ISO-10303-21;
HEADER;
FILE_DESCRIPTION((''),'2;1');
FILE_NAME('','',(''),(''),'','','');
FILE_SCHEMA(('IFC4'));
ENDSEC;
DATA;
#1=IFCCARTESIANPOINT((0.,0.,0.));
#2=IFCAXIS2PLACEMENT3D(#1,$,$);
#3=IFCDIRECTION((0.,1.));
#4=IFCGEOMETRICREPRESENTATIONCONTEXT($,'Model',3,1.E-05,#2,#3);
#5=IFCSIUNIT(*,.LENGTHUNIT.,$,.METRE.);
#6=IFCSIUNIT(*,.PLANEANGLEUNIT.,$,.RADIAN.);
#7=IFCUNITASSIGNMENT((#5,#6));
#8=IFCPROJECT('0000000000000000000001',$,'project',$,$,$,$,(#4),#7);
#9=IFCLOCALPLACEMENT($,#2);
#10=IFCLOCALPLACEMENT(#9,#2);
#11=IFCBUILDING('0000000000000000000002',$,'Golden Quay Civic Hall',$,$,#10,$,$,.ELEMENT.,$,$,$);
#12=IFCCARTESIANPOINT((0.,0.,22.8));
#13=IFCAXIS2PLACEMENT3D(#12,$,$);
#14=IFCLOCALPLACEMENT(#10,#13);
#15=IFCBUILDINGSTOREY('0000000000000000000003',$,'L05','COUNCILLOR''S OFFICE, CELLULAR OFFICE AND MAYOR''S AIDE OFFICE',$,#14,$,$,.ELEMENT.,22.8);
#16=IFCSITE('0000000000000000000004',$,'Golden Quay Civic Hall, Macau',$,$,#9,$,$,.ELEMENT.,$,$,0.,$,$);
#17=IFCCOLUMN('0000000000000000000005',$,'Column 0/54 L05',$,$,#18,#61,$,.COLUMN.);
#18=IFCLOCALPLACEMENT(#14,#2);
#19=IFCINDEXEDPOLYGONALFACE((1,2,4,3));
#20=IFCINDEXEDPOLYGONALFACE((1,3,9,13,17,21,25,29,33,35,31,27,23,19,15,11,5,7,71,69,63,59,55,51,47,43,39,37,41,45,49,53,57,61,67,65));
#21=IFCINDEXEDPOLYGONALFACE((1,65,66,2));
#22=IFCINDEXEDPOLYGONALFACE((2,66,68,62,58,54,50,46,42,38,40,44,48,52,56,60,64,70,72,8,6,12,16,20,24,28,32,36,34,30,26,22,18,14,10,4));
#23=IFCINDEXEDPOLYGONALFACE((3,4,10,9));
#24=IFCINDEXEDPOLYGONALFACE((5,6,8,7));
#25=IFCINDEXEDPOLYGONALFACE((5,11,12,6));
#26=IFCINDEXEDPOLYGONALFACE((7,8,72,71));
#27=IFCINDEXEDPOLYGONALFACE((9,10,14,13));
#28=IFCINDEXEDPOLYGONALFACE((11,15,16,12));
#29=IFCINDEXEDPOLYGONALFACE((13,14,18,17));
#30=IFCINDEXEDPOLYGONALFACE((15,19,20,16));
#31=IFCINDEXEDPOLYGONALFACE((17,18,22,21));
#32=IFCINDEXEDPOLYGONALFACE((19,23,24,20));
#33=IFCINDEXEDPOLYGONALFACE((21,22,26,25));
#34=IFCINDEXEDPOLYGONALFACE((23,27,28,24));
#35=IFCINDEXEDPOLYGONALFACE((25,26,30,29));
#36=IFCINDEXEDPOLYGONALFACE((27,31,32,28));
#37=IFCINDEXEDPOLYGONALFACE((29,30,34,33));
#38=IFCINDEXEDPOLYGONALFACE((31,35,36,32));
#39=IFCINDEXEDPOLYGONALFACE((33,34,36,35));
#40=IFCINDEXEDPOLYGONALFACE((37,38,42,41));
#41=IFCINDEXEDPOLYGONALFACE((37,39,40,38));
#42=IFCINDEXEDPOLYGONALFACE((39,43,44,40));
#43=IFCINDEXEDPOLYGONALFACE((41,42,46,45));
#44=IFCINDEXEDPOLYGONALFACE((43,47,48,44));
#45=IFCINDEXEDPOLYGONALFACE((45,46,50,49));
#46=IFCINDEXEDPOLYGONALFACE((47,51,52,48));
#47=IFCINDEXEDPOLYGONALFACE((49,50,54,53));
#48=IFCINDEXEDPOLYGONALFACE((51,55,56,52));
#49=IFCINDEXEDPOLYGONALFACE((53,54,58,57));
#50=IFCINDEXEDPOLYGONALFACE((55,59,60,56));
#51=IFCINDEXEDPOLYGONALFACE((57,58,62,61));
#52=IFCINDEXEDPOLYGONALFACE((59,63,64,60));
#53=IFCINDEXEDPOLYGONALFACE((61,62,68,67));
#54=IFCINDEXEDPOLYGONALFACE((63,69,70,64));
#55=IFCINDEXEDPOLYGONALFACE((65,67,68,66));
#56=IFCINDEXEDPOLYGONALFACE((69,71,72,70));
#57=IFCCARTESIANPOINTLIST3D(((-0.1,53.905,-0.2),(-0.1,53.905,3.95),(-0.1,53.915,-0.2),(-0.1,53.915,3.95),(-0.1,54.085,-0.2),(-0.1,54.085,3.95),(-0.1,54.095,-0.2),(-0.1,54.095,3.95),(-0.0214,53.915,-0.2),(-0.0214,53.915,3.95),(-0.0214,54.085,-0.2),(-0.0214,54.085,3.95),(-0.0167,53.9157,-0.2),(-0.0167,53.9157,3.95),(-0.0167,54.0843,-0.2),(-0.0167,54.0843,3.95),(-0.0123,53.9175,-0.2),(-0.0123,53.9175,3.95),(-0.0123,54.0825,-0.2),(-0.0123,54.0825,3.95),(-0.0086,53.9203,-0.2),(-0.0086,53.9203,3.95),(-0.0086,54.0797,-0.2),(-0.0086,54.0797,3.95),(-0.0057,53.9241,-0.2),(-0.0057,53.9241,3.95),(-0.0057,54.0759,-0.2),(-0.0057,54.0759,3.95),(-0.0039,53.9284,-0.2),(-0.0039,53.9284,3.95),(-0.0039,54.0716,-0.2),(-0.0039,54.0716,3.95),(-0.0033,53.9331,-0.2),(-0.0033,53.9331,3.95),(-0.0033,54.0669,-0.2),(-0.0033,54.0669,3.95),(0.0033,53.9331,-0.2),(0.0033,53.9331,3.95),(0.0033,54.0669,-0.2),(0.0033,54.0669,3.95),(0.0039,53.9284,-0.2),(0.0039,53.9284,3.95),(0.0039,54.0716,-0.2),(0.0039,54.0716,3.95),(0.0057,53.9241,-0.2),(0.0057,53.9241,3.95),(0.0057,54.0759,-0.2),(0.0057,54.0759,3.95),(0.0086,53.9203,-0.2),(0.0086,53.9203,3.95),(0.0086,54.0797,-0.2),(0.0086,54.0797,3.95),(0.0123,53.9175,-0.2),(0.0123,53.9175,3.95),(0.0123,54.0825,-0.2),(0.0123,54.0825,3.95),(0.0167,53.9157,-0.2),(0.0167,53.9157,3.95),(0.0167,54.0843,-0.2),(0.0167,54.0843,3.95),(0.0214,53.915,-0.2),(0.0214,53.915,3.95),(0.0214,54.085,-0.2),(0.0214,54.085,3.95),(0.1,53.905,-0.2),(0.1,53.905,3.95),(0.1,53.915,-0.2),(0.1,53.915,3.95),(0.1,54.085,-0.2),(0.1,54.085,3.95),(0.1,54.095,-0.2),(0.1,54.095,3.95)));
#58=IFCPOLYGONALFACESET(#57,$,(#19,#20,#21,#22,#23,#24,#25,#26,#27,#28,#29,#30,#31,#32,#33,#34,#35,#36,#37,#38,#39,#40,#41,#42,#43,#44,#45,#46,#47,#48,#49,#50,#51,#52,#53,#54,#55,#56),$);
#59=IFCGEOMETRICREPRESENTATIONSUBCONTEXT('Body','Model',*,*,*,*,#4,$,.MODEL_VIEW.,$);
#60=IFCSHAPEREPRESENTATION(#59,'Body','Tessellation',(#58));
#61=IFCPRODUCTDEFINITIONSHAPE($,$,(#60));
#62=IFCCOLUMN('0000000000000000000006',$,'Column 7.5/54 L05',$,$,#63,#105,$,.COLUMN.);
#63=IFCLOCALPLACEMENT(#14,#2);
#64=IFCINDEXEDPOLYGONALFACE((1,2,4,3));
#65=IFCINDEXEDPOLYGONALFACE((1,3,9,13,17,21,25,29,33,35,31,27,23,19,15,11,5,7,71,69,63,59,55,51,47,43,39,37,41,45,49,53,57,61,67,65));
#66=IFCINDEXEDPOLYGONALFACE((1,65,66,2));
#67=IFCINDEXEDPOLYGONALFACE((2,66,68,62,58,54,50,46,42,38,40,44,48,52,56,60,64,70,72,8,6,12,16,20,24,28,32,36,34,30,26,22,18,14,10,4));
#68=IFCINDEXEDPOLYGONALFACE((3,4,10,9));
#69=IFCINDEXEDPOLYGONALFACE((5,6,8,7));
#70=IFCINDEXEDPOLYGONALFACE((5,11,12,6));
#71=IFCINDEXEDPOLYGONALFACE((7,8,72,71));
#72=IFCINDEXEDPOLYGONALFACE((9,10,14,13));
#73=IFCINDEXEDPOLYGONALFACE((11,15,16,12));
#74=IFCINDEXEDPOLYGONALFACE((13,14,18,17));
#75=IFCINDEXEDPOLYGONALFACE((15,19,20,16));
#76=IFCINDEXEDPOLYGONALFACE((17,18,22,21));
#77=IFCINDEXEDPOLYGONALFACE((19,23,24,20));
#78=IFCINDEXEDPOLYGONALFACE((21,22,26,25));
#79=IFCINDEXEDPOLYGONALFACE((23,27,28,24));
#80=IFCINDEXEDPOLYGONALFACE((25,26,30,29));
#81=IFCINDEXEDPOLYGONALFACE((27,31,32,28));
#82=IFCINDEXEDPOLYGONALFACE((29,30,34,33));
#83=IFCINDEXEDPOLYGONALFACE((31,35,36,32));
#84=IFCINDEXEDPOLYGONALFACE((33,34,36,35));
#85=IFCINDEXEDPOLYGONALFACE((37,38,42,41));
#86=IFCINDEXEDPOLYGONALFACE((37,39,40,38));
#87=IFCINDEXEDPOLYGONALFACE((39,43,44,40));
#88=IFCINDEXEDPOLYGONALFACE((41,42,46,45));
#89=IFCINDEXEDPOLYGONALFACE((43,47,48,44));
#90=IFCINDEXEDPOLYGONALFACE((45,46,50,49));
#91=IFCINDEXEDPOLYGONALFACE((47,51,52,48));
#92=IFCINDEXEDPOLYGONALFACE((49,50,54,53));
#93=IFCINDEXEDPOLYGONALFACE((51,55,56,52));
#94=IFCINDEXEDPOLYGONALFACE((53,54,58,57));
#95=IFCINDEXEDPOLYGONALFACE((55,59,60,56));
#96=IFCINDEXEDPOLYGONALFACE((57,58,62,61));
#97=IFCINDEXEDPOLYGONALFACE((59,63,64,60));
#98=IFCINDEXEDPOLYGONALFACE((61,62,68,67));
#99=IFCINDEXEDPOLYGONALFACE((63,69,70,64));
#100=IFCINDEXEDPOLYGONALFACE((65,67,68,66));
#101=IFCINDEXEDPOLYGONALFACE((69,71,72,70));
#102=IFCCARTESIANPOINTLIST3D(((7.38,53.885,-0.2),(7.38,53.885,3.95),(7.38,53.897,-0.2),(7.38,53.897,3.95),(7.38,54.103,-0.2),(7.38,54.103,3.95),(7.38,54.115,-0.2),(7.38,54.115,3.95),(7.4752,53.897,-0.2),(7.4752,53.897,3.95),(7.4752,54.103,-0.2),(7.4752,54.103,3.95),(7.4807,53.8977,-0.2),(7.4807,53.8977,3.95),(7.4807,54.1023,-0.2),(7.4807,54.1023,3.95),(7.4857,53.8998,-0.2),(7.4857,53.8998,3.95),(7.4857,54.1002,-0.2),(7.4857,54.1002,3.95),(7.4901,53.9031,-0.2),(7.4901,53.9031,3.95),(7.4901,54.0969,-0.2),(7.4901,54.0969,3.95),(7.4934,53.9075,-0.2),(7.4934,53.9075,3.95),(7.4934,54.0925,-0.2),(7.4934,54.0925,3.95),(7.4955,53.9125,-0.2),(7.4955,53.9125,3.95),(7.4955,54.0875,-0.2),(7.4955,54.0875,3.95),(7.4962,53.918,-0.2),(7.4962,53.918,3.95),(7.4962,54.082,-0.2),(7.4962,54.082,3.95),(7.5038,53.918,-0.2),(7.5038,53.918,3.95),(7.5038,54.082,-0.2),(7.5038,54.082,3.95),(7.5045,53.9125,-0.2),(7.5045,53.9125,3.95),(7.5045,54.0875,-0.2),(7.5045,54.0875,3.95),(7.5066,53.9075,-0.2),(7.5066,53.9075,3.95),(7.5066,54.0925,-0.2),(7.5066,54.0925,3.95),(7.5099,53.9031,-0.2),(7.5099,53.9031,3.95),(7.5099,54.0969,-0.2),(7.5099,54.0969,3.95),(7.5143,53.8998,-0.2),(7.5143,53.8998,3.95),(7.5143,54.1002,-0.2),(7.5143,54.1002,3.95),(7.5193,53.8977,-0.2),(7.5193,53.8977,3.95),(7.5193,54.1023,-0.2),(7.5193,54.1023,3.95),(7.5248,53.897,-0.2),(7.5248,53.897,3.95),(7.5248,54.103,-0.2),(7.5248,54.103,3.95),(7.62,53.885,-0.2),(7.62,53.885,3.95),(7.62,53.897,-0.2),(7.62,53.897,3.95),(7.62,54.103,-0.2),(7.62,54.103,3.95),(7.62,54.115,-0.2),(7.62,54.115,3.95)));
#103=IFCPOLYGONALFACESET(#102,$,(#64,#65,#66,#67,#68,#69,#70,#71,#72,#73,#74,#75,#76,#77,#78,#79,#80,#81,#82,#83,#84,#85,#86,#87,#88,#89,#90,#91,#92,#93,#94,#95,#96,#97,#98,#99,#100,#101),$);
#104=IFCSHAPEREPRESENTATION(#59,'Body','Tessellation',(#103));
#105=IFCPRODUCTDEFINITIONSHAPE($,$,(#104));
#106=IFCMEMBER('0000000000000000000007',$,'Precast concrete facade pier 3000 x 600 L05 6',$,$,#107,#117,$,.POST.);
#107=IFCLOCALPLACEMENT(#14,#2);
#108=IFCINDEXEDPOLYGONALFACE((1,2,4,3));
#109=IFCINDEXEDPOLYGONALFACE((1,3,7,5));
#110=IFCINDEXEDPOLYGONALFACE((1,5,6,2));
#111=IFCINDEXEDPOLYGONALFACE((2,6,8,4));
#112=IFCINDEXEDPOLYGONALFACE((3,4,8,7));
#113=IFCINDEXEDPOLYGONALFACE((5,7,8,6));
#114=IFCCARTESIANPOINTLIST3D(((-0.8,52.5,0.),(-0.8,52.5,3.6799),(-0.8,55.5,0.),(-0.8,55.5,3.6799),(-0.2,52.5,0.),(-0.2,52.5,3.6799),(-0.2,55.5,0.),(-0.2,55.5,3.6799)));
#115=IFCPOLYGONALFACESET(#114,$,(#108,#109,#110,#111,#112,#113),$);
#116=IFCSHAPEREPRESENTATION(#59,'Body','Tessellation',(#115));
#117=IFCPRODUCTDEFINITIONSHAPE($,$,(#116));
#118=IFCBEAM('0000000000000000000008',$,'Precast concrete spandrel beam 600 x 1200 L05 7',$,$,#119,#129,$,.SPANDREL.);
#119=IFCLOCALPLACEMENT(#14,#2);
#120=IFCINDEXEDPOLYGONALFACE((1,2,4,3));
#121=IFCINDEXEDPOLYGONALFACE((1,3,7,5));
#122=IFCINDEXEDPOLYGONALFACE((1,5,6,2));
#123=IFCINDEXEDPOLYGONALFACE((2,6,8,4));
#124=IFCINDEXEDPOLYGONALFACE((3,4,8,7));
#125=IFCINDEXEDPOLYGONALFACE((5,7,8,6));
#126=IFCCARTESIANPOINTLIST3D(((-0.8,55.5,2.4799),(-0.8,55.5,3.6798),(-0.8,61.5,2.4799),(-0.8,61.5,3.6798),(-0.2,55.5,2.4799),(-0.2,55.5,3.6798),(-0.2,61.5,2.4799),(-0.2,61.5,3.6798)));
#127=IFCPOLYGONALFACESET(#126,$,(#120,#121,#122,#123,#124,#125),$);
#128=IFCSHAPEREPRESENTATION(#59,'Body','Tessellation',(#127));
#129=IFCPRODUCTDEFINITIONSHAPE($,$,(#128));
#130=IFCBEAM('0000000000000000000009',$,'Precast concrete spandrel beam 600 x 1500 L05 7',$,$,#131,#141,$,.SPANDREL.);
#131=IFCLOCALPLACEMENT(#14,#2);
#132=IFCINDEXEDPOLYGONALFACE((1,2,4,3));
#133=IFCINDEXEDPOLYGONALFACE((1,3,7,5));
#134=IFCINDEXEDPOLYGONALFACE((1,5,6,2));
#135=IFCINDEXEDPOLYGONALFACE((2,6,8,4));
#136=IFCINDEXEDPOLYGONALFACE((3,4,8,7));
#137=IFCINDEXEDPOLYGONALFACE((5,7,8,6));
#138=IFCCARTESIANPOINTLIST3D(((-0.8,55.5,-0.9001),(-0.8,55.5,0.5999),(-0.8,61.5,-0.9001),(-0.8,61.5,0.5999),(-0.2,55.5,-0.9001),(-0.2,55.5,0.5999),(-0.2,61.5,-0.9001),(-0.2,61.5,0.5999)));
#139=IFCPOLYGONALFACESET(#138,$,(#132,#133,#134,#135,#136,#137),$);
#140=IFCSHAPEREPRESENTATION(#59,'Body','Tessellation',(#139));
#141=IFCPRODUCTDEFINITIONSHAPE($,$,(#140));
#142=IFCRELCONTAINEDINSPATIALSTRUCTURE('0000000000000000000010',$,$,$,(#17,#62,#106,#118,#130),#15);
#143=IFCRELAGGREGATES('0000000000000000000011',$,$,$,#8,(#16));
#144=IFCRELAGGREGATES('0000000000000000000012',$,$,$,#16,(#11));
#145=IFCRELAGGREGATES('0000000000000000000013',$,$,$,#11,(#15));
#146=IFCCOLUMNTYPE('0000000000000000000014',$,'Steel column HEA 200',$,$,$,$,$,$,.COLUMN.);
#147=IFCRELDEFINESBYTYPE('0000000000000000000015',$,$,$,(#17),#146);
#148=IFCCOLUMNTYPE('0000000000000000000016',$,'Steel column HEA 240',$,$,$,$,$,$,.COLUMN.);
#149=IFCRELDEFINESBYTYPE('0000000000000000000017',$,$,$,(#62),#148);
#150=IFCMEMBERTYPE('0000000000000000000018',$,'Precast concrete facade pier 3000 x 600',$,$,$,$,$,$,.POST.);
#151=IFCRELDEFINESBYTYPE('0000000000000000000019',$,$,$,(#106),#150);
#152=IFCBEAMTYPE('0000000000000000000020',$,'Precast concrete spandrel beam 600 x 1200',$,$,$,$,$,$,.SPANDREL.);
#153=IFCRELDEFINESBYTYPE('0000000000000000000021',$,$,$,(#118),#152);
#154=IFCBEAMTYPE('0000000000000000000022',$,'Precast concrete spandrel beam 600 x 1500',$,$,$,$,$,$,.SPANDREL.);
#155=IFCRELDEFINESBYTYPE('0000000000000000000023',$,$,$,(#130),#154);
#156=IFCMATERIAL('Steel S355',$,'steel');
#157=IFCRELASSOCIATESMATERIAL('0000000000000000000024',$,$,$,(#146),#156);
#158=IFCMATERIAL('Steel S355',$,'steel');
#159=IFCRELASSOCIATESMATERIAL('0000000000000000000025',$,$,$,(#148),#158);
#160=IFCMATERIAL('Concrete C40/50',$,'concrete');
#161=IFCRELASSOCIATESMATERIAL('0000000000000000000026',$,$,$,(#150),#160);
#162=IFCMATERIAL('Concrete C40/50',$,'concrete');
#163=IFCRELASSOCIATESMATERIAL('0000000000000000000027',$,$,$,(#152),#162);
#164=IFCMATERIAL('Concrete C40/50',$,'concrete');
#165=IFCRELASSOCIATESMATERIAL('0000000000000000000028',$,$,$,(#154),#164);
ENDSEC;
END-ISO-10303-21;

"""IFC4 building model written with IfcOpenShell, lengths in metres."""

from ifc_helpers import new_model, si_unit, direction, frame, origin, origin_2d, place, context, subcontext, project, spatial, rectangle, i_section, extrude, material, material_profile, profile_set, type_object, element, save


model = new_model("IFC4")

# Units and contexts
model_context = context("Model", 3, precision=1e-05, world=origin(), true_north=direction((0.0, 1.0)))
body_context = subcontext(model_context, "Body", "Model", "MODEL_VIEW")
ifc_project = project(units=[si_unit("LENGTHUNIT", "METRE"), si_unit("PLANEANGLEUNIT", "RADIAN")], contexts=[model_context])

# Site, building, storey
site_placement = place(None, origin())
site = spatial("IfcSite", under=ifc_project, at=site_placement, Name="Golden Quay Civic Hall, Macau", CompositionType="ELEMENT", RefElevation=0.0)
building_placement = place(site_placement, origin())
building = spatial("IfcBuilding", under=site, at=building_placement, Name="Golden Quay Civic Hall", CompositionType="ELEMENT")
storey_placement = place(building_placement, frame((0.0, 0.0, 22.8)))
storey = spatial("IfcBuildingStorey", under=building, at=storey_placement, Name="L05", Description="COUNCILLOR'S OFFICE, CELLULAR OFFICE AND MAYOR'S AIDE OFFICE", CompositionType="ELEMENT", Elevation=22.8)

# Columns
ifc_material_1 = material(Name="Steel S355", Category="steel")
ifc_material_profile_1 = material_profile(ifc_material_1, i_section(OverallWidth=0.2, OverallDepth=0.1899, WebThickness=0.0066, FlangeThickness=0.01, FilletRadius=0.0181, at=origin_2d()), Name="HEA 200")
ifc_profile_set_1 = profile_set([ifc_material_profile_1], Name="Steel S355")
column_type_1 = type_object("IfcColumnType", Name="Steel column HEA 200", PredefinedType="COLUMN", material=ifc_profile_set_1)
column_1_placement = place(storey_placement, frame((0.0, 54.0, -0.2), z_axis=(0.0, 0.0, 1.0), x_axis=(1.0, 0.0, 0.0)))
element("IfcColumn", 1, at=column_1_placement, inside=storey, type_object=column_type_1, Name="Column 0/54 L05", PredefinedType="COLUMN", context=body_context, shape_type="SweptSolid", body=[
    extrude(i_section(OverallWidth=0.2, OverallDepth=0.1899, WebThickness=0.0066, FlangeThickness=0.01, FilletRadius=0.0181, at=origin_2d()), origin(), (0.0, 0.0, 1.0), 4.1499),
])
ifc_material_2 = material(Name="Steel S355", Category="steel")
ifc_material_profile_2 = material_profile(ifc_material_2, i_section(OverallWidth=0.24, OverallDepth=0.23, WebThickness=0.0076, FlangeThickness=0.012, FilletRadius=0.021, at=origin_2d()), Name="HEA 240")
ifc_profile_set_2 = profile_set([ifc_material_profile_2], Name="Steel S355")
column_type_2 = type_object("IfcColumnType", Name="Steel column HEA 240", PredefinedType="COLUMN", material=ifc_profile_set_2)
column_2_placement = place(storey_placement, frame((7.5, 54.0, -0.2), z_axis=(0.0, 0.0, 1.0), x_axis=(1.0, 0.0, 0.0)))
element("IfcColumn", 2, at=column_2_placement, inside=storey, type_object=column_type_2, Name="Column 7.5/54 L05", PredefinedType="COLUMN", context=body_context, shape_type="SweptSolid", body=[
    extrude(i_section(OverallWidth=0.24, OverallDepth=0.23, WebThickness=0.0076, FlangeThickness=0.012, FilletRadius=0.021, at=origin_2d()), origin(), (0.0, 0.0, 1.0), 4.1499),
])

# Member
ifc_material_3 = material(Name="Concrete C40/50", Category="concrete")
ifc_material_profile_3 = material_profile(ifc_material_3, rectangle(XDim=3.0, YDim=0.6001, at=origin_2d()), Name="RC 3000x600")
ifc_profile_set_3 = profile_set([ifc_material_profile_3], Name="Concrete C40/50")
member_type = type_object("IfcMemberType", Name="Precast concrete facade pier 3000 x 600", PredefinedType="POST", material=ifc_profile_set_3)
member_placement = place(storey_placement, frame((-0.5, 54.0, 0.0), z_axis=(0.0, 0.0, 1.0), x_axis=(0.0, 1.0, 0.0)))
element("IfcMember", 3, at=member_placement, inside=storey, type_object=member_type, Name="Precast concrete facade pier 3000 x 600 L05 6", PredefinedType="POST", context=body_context, shape_type="SweptSolid", body=[
    extrude(rectangle(XDim=3.0, YDim=0.6001, at=origin_2d()), origin(), (0.0, 0.0, 1.0), 3.6799),
])

# Beams
ifc_material_4 = material(Name="Concrete C40/50", Category="concrete")
ifc_material_profile_4 = material_profile(ifc_material_4, rectangle(XDim=0.6001, YDim=1.2, at=origin_2d()), Name="RC 600x1200")
ifc_profile_set_4 = profile_set([ifc_material_profile_4], Name="Concrete C40/50")
beam_type_1 = type_object("IfcBeamType", Name="Precast concrete spandrel beam 600 x 1200", PredefinedType="SPANDREL", material=ifc_profile_set_4)
beam_1_placement = place(storey_placement, frame((-0.5, 55.5, 3.0798), z_axis=(0.0, 1.0, 0.0), x_axis=(-1.0, 0.0, 0.0)))
element("IfcBeam", 4, at=beam_1_placement, inside=storey, type_object=beam_type_1, Name="Precast concrete spandrel beam 600 x 1200 L05 7", PredefinedType="SPANDREL", context=body_context, shape_type="SweptSolid", body=[
    extrude(rectangle(XDim=0.6001, YDim=1.2, at=origin_2d()), origin(), (0.0, 0.0, 1.0), 6.0),
])
ifc_material_5 = material(Name="Concrete C40/50", Category="concrete")
ifc_material_profile_5 = material_profile(ifc_material_5, rectangle(XDim=0.6001, YDim=1.5, at=origin_2d()), Name="RC 600x1500")
ifc_profile_set_5 = profile_set([ifc_material_profile_5], Name="Concrete C40/50")
beam_type_2 = type_object("IfcBeamType", Name="Precast concrete spandrel beam 600 x 1500", PredefinedType="SPANDREL", material=ifc_profile_set_5)
beam_2_placement = place(storey_placement, frame((-0.5, 55.5, -0.1501), z_axis=(0.0, 1.0, 0.0), x_axis=(-1.0, 0.0, 0.0)))
element("IfcBeam", 5, at=beam_2_placement, inside=storey, type_object=beam_type_2, Name="Precast concrete spandrel beam 600 x 1500 L05 7", PredefinedType="SPANDREL", context=body_context, shape_type="SweptSolid", body=[
    extrude(rectangle(XDim=0.6001, YDim=1.5, at=origin_2d()), origin(), (0.0, 0.0, 1.0), 6.0),
])

save(model, "model.ifc")
